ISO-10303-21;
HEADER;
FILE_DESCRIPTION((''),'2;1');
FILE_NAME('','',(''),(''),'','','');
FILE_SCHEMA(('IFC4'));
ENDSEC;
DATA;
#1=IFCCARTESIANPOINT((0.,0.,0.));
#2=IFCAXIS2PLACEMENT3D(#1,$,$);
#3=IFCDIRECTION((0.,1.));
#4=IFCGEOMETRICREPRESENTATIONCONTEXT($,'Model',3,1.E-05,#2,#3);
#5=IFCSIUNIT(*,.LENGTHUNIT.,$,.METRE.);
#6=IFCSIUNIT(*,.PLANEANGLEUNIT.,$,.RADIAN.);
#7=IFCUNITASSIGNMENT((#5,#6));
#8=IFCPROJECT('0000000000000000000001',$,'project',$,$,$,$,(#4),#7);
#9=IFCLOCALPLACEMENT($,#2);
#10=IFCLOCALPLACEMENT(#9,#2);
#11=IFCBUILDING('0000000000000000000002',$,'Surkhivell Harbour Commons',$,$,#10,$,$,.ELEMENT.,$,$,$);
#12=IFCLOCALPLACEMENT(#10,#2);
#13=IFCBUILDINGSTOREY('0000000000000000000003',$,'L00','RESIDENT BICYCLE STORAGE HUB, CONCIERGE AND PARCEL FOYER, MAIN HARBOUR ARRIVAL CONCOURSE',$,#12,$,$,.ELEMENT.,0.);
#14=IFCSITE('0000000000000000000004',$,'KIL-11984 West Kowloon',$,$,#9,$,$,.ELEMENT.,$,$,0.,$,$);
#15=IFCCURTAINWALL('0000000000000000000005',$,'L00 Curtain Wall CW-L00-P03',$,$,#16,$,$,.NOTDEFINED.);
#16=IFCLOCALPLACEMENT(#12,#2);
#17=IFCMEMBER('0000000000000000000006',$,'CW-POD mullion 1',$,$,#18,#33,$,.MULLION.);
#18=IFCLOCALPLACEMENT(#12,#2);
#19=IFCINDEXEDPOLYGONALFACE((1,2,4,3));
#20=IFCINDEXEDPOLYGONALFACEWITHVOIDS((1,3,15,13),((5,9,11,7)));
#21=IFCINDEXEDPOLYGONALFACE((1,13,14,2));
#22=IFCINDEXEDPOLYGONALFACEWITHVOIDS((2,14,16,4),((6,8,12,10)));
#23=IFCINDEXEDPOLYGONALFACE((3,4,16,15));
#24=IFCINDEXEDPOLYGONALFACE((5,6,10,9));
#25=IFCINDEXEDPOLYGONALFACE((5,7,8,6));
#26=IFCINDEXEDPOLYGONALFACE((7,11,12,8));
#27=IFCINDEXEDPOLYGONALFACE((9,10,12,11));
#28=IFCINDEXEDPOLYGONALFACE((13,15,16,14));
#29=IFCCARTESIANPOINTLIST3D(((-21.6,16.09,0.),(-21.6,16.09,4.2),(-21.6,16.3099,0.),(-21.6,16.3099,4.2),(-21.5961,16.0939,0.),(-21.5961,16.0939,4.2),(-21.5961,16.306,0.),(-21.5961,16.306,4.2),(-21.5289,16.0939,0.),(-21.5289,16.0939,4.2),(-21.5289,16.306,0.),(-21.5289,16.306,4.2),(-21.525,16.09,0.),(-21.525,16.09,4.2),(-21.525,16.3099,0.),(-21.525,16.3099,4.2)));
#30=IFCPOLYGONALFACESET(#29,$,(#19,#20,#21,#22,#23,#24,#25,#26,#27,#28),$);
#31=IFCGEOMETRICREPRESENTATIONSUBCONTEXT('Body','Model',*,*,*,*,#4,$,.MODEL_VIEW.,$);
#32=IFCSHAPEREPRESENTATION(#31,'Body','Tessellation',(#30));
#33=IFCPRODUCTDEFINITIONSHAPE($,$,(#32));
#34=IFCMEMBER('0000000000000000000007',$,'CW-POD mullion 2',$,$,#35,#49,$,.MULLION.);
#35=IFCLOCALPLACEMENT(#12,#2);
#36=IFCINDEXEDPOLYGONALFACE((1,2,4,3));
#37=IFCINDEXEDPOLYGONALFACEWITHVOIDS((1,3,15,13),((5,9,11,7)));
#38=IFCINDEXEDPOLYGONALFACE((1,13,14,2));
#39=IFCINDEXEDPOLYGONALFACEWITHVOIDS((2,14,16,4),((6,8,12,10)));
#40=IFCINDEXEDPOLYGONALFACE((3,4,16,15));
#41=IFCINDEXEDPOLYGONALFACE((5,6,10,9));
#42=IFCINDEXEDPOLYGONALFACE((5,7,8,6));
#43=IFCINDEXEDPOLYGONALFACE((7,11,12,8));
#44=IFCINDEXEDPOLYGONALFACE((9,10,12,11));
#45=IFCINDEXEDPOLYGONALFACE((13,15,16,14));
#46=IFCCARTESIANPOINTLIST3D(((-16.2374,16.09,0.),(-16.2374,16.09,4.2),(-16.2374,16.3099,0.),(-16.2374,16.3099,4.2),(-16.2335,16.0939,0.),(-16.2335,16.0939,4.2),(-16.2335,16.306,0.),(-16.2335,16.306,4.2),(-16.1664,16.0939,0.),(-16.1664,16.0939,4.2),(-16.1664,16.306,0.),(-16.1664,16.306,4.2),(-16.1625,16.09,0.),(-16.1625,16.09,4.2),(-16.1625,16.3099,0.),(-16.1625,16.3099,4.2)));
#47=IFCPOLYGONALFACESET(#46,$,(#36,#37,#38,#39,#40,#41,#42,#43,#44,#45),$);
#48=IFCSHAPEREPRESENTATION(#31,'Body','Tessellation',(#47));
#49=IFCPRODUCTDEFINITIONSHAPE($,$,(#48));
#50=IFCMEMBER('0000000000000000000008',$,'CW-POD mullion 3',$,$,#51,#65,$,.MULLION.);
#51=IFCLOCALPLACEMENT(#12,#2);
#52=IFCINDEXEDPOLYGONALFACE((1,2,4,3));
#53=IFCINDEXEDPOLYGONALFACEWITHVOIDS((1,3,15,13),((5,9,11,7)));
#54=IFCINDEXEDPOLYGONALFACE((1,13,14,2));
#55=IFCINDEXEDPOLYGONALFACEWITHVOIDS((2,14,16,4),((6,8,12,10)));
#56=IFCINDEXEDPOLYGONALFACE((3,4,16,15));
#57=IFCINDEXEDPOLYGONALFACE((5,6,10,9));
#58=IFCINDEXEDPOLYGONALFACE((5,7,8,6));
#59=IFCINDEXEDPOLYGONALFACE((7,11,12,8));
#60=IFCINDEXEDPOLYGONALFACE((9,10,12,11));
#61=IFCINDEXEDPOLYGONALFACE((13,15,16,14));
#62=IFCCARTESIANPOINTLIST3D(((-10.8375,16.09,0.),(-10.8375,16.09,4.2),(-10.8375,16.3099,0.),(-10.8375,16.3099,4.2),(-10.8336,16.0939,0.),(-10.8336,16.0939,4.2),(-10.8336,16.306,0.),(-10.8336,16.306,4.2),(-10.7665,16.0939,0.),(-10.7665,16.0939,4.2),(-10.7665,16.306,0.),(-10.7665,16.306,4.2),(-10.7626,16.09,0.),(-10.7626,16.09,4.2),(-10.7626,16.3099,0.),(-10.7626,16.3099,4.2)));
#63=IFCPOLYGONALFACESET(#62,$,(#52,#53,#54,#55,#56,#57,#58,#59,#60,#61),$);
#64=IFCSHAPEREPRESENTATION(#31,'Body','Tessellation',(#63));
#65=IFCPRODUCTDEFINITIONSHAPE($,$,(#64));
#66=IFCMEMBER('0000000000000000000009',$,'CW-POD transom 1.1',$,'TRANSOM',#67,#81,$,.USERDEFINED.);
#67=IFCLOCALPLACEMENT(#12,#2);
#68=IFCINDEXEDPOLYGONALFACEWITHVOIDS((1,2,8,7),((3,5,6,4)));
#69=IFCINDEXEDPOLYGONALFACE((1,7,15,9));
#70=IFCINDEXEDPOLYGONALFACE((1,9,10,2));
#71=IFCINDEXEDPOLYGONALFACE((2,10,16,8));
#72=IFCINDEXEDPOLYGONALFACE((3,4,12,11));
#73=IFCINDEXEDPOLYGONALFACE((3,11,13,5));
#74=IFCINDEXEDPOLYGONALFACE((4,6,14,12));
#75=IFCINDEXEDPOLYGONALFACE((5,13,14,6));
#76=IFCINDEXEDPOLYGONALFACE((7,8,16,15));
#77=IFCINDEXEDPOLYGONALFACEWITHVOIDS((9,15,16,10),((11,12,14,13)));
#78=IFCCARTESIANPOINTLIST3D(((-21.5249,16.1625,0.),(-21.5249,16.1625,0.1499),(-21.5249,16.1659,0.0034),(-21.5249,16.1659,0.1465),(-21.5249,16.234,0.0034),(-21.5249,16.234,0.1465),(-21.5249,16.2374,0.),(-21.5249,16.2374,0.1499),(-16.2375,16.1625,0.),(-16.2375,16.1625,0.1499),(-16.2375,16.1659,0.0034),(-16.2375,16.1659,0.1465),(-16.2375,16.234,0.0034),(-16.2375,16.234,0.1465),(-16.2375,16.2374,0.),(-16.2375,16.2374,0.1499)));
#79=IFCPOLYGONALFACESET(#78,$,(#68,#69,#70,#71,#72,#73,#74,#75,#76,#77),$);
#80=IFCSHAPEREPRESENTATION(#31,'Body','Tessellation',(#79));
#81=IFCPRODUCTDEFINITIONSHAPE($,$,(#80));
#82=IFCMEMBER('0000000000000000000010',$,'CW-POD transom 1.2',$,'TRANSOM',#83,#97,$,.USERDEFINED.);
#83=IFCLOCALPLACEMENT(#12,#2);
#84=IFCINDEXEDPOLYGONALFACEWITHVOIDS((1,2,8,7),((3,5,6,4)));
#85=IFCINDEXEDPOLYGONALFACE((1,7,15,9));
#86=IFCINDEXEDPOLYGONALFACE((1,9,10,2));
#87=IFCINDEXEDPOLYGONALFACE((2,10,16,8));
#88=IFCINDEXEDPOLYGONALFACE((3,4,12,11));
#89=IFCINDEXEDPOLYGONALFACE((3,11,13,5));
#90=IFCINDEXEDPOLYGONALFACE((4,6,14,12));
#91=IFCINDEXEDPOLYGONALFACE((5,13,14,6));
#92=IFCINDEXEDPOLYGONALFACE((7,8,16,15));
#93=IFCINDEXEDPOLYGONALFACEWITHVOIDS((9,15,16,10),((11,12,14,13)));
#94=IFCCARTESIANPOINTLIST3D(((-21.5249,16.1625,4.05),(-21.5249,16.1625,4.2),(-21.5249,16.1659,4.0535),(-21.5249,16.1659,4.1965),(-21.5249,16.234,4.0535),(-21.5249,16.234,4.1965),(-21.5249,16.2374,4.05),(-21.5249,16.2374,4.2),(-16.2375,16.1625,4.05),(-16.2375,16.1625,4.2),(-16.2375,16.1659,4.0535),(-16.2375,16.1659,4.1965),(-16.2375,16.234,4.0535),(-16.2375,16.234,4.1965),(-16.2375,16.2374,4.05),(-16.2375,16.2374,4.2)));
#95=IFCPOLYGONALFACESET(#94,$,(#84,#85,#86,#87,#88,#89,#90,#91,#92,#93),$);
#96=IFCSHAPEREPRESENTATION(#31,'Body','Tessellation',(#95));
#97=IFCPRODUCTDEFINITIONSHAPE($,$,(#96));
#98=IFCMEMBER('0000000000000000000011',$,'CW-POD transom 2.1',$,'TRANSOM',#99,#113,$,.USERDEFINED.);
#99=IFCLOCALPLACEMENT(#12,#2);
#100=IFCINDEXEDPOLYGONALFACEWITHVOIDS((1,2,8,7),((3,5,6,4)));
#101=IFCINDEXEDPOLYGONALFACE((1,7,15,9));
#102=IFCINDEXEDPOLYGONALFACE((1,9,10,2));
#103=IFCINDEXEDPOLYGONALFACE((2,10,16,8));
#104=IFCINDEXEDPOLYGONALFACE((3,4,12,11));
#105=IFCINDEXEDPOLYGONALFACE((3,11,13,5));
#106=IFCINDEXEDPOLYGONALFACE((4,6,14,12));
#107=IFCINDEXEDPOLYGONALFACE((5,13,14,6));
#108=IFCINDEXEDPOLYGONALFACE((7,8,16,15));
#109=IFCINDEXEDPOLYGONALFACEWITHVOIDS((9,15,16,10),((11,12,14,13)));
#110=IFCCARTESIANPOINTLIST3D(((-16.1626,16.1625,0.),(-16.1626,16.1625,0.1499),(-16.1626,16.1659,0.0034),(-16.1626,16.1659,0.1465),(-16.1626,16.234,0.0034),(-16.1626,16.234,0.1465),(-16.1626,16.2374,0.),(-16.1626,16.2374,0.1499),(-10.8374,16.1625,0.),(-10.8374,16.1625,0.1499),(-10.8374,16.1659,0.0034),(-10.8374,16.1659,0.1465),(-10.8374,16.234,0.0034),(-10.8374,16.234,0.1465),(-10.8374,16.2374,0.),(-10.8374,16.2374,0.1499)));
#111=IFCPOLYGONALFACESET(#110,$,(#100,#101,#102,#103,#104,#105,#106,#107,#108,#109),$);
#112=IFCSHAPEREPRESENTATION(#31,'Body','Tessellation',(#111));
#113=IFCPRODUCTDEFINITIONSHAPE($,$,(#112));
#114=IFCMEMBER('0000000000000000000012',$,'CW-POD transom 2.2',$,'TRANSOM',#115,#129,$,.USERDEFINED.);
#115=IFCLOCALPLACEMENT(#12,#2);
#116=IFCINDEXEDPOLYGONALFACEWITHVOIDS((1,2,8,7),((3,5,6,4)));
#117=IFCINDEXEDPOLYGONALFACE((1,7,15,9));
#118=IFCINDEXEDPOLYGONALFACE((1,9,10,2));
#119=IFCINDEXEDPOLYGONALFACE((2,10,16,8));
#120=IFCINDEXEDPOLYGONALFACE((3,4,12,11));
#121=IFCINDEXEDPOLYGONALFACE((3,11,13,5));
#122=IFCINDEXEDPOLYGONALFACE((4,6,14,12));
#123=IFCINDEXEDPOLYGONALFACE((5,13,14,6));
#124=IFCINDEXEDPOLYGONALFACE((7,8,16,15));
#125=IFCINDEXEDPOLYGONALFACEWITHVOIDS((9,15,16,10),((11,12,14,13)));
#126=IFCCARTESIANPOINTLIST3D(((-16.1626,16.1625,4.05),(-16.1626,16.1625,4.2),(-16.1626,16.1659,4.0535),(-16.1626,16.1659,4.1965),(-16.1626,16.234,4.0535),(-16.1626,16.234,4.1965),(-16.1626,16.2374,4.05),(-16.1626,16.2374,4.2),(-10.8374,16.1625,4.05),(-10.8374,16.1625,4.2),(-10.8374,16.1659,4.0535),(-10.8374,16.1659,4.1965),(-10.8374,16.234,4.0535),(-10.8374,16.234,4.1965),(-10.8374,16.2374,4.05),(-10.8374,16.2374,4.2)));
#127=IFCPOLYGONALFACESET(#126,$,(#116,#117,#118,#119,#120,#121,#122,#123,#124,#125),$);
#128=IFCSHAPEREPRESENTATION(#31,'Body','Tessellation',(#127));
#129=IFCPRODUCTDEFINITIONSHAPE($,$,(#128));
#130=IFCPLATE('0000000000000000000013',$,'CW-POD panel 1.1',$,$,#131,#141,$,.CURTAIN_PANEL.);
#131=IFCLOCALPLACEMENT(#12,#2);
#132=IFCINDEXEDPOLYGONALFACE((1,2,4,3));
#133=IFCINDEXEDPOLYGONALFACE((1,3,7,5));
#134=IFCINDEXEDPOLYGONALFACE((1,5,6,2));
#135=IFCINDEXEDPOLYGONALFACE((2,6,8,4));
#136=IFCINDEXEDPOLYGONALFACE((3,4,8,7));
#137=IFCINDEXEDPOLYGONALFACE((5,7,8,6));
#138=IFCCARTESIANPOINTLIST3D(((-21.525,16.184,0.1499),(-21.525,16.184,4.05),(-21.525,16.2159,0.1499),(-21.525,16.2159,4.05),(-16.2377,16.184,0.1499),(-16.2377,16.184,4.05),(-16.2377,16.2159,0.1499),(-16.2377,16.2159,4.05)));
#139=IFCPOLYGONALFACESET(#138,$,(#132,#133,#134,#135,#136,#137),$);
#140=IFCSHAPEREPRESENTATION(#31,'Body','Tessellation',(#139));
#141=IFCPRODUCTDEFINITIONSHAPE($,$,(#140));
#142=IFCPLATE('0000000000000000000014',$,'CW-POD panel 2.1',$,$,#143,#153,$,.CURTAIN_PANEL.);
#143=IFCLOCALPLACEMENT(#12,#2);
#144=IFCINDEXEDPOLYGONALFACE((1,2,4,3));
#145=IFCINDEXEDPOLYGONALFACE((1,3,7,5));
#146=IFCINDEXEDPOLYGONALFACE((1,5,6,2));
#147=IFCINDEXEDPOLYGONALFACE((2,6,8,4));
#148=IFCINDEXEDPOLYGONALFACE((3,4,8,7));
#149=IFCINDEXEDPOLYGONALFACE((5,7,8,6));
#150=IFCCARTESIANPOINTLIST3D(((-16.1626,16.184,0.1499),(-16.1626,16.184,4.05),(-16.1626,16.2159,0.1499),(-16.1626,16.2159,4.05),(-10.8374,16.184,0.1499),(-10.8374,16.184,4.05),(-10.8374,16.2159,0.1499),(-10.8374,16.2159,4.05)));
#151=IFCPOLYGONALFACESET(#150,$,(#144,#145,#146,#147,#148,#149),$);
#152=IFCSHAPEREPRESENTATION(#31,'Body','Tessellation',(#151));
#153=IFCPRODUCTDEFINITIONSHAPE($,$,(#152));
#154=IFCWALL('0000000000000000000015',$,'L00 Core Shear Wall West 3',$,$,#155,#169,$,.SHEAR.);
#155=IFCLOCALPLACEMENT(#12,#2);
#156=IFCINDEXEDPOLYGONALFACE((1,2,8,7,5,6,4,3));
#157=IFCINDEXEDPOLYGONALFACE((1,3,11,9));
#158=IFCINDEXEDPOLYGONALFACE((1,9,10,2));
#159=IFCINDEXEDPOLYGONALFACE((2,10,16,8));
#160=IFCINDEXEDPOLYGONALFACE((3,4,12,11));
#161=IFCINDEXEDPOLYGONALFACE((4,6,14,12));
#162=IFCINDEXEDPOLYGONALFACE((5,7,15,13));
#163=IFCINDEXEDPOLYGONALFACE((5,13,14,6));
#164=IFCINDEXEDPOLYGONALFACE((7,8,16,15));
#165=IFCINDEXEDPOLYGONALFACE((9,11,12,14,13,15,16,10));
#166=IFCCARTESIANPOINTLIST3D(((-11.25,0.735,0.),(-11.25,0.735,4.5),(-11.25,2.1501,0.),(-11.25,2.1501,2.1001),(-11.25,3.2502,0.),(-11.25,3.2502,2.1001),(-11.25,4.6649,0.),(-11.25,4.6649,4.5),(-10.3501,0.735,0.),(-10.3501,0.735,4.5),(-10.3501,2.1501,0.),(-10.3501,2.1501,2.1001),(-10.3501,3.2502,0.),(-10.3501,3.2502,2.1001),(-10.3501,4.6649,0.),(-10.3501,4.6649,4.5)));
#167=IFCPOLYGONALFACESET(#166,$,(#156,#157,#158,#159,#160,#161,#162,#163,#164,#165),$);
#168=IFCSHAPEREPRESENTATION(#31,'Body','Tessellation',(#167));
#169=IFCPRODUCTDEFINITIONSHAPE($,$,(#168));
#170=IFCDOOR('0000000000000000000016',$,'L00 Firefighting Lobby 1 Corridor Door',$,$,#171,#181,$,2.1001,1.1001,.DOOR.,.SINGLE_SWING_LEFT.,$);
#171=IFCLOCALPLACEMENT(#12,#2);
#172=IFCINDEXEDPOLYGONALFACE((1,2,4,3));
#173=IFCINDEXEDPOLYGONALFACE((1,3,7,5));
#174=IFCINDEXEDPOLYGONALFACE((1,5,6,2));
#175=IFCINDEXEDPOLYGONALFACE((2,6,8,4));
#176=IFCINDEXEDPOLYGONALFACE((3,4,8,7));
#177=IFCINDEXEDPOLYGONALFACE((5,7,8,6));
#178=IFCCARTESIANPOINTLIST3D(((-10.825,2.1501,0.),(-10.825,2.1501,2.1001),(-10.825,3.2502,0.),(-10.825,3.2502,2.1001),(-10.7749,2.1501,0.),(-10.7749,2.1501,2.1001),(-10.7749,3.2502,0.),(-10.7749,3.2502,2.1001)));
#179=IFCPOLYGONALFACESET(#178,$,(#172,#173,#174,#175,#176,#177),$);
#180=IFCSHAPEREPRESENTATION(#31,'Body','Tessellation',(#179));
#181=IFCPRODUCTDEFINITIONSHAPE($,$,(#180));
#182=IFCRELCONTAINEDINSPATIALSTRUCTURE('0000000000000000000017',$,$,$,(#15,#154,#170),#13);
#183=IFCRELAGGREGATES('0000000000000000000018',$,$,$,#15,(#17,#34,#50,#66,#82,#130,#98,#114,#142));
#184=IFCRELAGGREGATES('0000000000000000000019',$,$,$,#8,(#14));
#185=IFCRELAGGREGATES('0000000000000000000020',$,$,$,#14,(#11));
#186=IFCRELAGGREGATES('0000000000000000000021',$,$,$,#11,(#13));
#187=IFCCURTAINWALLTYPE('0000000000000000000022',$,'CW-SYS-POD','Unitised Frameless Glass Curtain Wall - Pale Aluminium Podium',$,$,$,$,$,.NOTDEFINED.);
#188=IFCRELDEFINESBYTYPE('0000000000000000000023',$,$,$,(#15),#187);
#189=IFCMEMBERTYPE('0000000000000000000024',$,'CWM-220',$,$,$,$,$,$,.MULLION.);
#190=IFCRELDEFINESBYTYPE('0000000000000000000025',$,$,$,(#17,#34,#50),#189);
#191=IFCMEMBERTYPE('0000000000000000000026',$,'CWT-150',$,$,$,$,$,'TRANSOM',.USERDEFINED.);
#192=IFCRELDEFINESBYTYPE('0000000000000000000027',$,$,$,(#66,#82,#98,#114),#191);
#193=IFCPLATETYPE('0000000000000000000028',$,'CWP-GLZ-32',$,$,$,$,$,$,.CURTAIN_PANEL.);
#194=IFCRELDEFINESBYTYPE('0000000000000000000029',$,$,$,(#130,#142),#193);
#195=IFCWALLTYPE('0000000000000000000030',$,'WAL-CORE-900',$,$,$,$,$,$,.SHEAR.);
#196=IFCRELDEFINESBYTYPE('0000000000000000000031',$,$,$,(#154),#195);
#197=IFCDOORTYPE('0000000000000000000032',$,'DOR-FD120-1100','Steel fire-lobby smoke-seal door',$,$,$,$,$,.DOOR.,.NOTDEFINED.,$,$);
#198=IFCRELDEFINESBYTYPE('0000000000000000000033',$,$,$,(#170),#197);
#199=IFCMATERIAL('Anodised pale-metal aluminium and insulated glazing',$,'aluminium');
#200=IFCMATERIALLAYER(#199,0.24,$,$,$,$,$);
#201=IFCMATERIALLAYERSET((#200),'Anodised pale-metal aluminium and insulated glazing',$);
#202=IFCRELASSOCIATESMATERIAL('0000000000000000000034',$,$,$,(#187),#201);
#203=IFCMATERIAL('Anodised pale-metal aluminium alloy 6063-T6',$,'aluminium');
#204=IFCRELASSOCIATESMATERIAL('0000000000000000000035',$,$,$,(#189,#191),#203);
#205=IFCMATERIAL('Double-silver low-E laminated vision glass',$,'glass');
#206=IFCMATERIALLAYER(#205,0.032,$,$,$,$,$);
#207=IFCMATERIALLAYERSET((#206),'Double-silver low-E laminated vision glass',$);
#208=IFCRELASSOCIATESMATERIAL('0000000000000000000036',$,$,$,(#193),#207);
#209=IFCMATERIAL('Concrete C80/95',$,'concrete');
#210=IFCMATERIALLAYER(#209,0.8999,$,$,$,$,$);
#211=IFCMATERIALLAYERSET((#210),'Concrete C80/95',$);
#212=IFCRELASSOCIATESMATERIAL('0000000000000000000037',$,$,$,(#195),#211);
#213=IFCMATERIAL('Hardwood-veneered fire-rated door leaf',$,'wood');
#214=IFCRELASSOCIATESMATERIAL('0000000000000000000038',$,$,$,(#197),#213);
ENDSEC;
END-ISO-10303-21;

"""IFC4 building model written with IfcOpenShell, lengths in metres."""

from ifc_helpers import new_model, si_unit, direction, frame, frame_2d, origin, origin_2d, place, context, subcontext, project, spatial, rectangle, hollow_rectangle, extrude, material, layer, layer_set, material_profile, profile_set, type_object, element, fill, aggregate, save


model = new_model("IFC4")

# Units and contexts
model_context = context("Model", 3, precision=1e-05, world=origin(), true_north=direction((0.0, 1.0)))
body_context = subcontext(model_context, "Body", "Model", "MODEL_VIEW")
ifc_project = project(units=[si_unit("LENGTHUNIT", "METRE"), si_unit("PLANEANGLEUNIT", "RADIAN")], contexts=[model_context])

# Site, building, storey
site_placement = place(None, origin())
site = spatial("IfcSite", under=ifc_project, at=site_placement, Name="KIL-11984 West Kowloon", CompositionType="ELEMENT", RefElevation=0.0)
building_placement = place(site_placement, origin())
building = spatial("IfcBuilding", under=site, at=building_placement, Name="Surkhivell Harbour Commons", CompositionType="ELEMENT")
storey_placement = place(building_placement, origin())
storey = spatial("IfcBuildingStorey", under=building, at=storey_placement, Name="L00", Description="RESIDENT BICYCLE STORAGE HUB, CONCIERGE AND PARCEL FOYER, MAIN HARBOUR ARRIVAL CONCOURSE", CompositionType="ELEMENT", Elevation=0.0)

# Shared definitions
ifc_material_1 = material(Name="Concrete C80/95", Category="concrete")

# Curtain wall, members, plates
ifc_material_2 = material(Name="Anodised pale-metal aluminium and insulated glazing", Category="aluminium")
ifc_layer_1 = layer(ifc_material_2, 0.24)
ifc_layer_set_1 = layer_set([ifc_layer_1], Name="Anodised pale-metal aluminium and insulated glazing")
curtain_wall_type = type_object("IfcCurtainWallType", Name="CW-SYS-POD", Description="Unitised Frameless Glass Curtain Wall - Pale Aluminium Podium", PredefinedType="NOTDEFINED", material=ifc_layer_set_1)
curtain_wall_placement = place(storey_placement, origin())
curtain_wall = element("IfcCurtainWall", 1, at=curtain_wall_placement, inside=storey, type_object=curtain_wall_type, Name="L00 Curtain Wall CW-L00-P03", PredefinedType="NOTDEFINED")
ifc_material_3 = material(Name="Anodised pale-metal aluminium alloy 6063-T6", Category="aluminium")
ifc_material_profile_1 = material_profile(ifc_material_3, hollow_rectangle(XDim=0.075, YDim=0.22, WallThickness=0.0039, at=origin_2d()), Name="ALU-MULL-75x220")
ifc_profile_set_1 = profile_set([ifc_material_profile_1], Name="Anodised pale-metal aluminium alloy 6063-T6")
member_type_1 = type_object("IfcMemberType", Name="CWM-220", PredefinedType="MULLION", material=ifc_profile_set_1)
member_1_placement = place(storey_placement, frame((-21.5625, 16.2, 0.0), z_axis=(0.0, 0.0, 1.0), x_axis=(1.0, 0.0, 0.0)))
member_1 = element("IfcMember", 2, at=member_1_placement, type_object=member_type_1, Name="CW-POD mullion 1", PredefinedType="MULLION", context=body_context, shape_type="SweptSolid", body=[
    extrude(hollow_rectangle(XDim=0.075, YDim=0.22, WallThickness=0.0039, at=origin_2d()), origin(), (0.0, 0.0, 1.0), 4.2),
])
member_2_placement = place(storey_placement, frame((-16.2, 16.2, 0.0), z_axis=(0.0, 0.0, 1.0), x_axis=(1.0, 0.0, 0.0)))
member_2 = element("IfcMember", 3, at=member_2_placement, type_object=member_type_1, Name="CW-POD mullion 2", PredefinedType="MULLION", context=body_context, shape_type="SweptSolid", body=[
    extrude(hollow_rectangle(XDim=0.075, YDim=0.22, WallThickness=0.0039, at=origin_2d()), origin(), (0.0, 0.0, 1.0), 4.2),
])
member_3_placement = place(storey_placement, frame((-10.8, 16.2, 0.0), z_axis=(0.0, 0.0, 1.0), x_axis=(1.0, 0.0, 0.0)))
member_3 = element("IfcMember", 4, at=member_3_placement, type_object=member_type_1, Name="CW-POD mullion 3", PredefinedType="MULLION", context=body_context, shape_type="SweptSolid", body=[
    extrude(hollow_rectangle(XDim=0.075, YDim=0.22, WallThickness=0.0039, at=origin_2d()), origin(), (0.0, 0.0, 1.0), 4.2),
])
ifc_material_profile_2 = material_profile(ifc_material_3, hollow_rectangle(XDim=0.075, YDim=0.1499, WallThickness=0.0034, at=origin_2d()), Name="ALU-TRAN-75x150")
ifc_profile_set_2 = profile_set([ifc_material_profile_2], Name="Anodised pale-metal aluminium alloy 6063-T6")
member_type_2 = type_object("IfcMemberType", Name="CWT-150", ElementType="TRANSOM", PredefinedType="USERDEFINED", material=ifc_profile_set_2)
member_4_placement = place(storey_placement, frame((-21.5249, 16.2, 0.075), z_axis=(1.0, 0.0, 0.0), x_axis=(0.0, 1.0, 0.0)))
member_4 = element("IfcMember", 5, at=member_4_placement, type_object=member_type_2, Name="CW-POD transom 1.1", ObjectType="TRANSOM", PredefinedType="USERDEFINED", context=body_context, shape_type="SweptSolid", body=[
    extrude(hollow_rectangle(XDim=0.075, YDim=0.1499, WallThickness=0.0034, at=origin_2d()), origin(), (0.0, 0.0, 1.0), 5.2874),
])
member_5_placement = place(storey_placement, frame((-21.5249, 16.2, 4.125), z_axis=(1.0, 0.0, 0.0), x_axis=(0.0, 1.0, 0.0)))
member_5 = element("IfcMember", 6, at=member_5_placement, type_object=member_type_2, Name="CW-POD transom 1.2", ObjectType="TRANSOM", PredefinedType="USERDEFINED", context=body_context, shape_type="SweptSolid", body=[
    extrude(hollow_rectangle(XDim=0.075, YDim=0.1499, WallThickness=0.0034, at=origin_2d()), origin(), (0.0, 0.0, 1.0), 5.2874),
])
member_6_placement = place(storey_placement, frame((-16.1626, 16.2, 0.075), z_axis=(1.0, 0.0, 0.0), x_axis=(0.0, 1.0, 0.0)))
member_6 = element("IfcMember", 7, at=member_6_placement, type_object=member_type_2, Name="CW-POD transom 2.1", ObjectType="TRANSOM", PredefinedType="USERDEFINED", context=body_context, shape_type="SweptSolid", body=[
    extrude(hollow_rectangle(XDim=0.075, YDim=0.1499, WallThickness=0.0034, at=origin_2d()), origin(), (0.0, 0.0, 1.0), 5.3252),
])
member_7_placement = place(storey_placement, frame((-16.1626, 16.2, 4.125), z_axis=(1.0, 0.0, 0.0), x_axis=(0.0, 1.0, 0.0)))
member_7 = element("IfcMember", 8, at=member_7_placement, type_object=member_type_2, Name="CW-POD transom 2.2", ObjectType="TRANSOM", PredefinedType="USERDEFINED", context=body_context, shape_type="SweptSolid", body=[
    extrude(hollow_rectangle(XDim=0.075, YDim=0.1499, WallThickness=0.0034, at=origin_2d()), origin(), (0.0, 0.0, 1.0), 5.3252),
])
ifc_material_4 = material(Name="Double-silver low-E laminated vision glass", Category="glass")
ifc_layer_2 = layer(ifc_material_4, 0.032)
ifc_layer_set_2 = layer_set([ifc_layer_2], Name="Double-silver low-E laminated vision glass")
plate_type = type_object("IfcPlateType", Name="CWP-GLZ-32", PredefinedType="CURTAIN_PANEL", material=ifc_layer_set_2)
plate_1_placement = place(storey_placement, frame((-21.5249, 16.2, 0.1499), z_axis=(0.0, 0.0, 1.0), x_axis=(1.0, 0.0, 0.0)))
plate_1 = element("IfcPlate", 9, at=plate_1_placement, type_object=plate_type, Name="CW-POD panel 1.1", PredefinedType="CURTAIN_PANEL", context=body_context, shape_type="SweptSolid", body=[
    extrude(rectangle(XDim=5.2874, YDim=0.032, at=frame_2d((2.6436, 0.0))), origin(), (0.0, 0.0, 1.0), 3.9001),
])
plate_2_placement = place(storey_placement, frame((-16.1626, 16.2, 0.1499), z_axis=(0.0, 0.0, 1.0), x_axis=(1.0, 0.0, 0.0)))
plate_2 = element("IfcPlate", 10, at=plate_2_placement, type_object=plate_type, Name="CW-POD panel 2.1", PredefinedType="CURTAIN_PANEL", context=body_context, shape_type="SweptSolid", body=[
    extrude(rectangle(XDim=5.3252, YDim=0.032, at=frame_2d((2.6626, 0.0))), origin(), (0.0, 0.0, 1.0), 3.9001),
])
aggregate(curtain_wall, [member_1, member_2, member_3, member_4, member_5, plate_1, member_6, member_7, plate_2])

# Wall, opening, door
ifc_layer_3 = layer(ifc_material_1, 0.8999)
ifc_layer_set_3 = layer_set([ifc_layer_3], Name="Concrete C80/95")
wall_type_1 = type_object("IfcWallType", Name="WAL-CORE-900", PredefinedType="SHEAR", material=ifc_layer_set_3)
wall_1_placement = place(storey_placement, frame((-10.8, 0.7351, 0.0), z_axis=(0.0, 0.0, 1.0), x_axis=(0.0, 1.0, 0.0)))
wall_1 = element("IfcWall", 11, at=wall_1_placement, inside=storey, type_object=wall_type_1, Name="L00 Core Shear Wall West 3", PredefinedType="SHEAR", context=body_context, shape_type="SweptSolid", body=[
    extrude(rectangle(XDim=3.9299, YDim=0.8999, at=frame_2d((1.9648, 0.0))), origin(), (0.0, 0.0, 1.0), 4.5),
])
opening_1_placement = place(wall_1_placement, frame((1.415, 0.0, 0.0)))
opening_1 = element("IfcOpeningElement", 12, at=opening_1_placement, cuts=wall_1, PredefinedType="OPENING", context=body_context, shape_type="SweptSolid", body=[
    extrude(rectangle(XDim=1.1001, YDim=2.1001, at=frame_2d((0.55, 1.05))), frame((0.0, 0.46, 0.0), z_axis=(0.0, -1.0, 0.0), x_axis=(1.0, 0.0, 0.0)), (0.0, 0.0, 1.0), 0.9199),
])
ifc_material_5 = material(Name="Hardwood-veneered fire-rated door leaf", Category="wood")
door_type_1 = type_object("IfcDoorType", Name="DOR-FD120-1100", Description="Steel fire-lobby smoke-seal door", OperationType="NOTDEFINED", PredefinedType="DOOR", material=ifc_material_5)
door_1_placement = place(opening_1_placement, origin())
door_1 = element("IfcDoor", 13, at=door_1_placement, inside=storey, type_object=door_type_1, Name="L00 Firefighting Lobby 1 Corridor Door", OperationType="SINGLE_SWING_LEFT", OverallHeight=2.1001, OverallWidth=1.1001, PredefinedType="DOOR", context=body_context, shape_type="SweptSolid", body=[
    extrude(rectangle(XDim=1.1001, YDim=2.1001, at=frame_2d((0.55, 1.05))), frame((0.0, 0.0249, 0.0), z_axis=(0.0, -1.0, 0.0), x_axis=(1.0, 0.0, 0.0)), (0.0, 0.0, 1.0), 0.05),
])
fill(opening_1, door_1)

save(model, "model.ifc")
